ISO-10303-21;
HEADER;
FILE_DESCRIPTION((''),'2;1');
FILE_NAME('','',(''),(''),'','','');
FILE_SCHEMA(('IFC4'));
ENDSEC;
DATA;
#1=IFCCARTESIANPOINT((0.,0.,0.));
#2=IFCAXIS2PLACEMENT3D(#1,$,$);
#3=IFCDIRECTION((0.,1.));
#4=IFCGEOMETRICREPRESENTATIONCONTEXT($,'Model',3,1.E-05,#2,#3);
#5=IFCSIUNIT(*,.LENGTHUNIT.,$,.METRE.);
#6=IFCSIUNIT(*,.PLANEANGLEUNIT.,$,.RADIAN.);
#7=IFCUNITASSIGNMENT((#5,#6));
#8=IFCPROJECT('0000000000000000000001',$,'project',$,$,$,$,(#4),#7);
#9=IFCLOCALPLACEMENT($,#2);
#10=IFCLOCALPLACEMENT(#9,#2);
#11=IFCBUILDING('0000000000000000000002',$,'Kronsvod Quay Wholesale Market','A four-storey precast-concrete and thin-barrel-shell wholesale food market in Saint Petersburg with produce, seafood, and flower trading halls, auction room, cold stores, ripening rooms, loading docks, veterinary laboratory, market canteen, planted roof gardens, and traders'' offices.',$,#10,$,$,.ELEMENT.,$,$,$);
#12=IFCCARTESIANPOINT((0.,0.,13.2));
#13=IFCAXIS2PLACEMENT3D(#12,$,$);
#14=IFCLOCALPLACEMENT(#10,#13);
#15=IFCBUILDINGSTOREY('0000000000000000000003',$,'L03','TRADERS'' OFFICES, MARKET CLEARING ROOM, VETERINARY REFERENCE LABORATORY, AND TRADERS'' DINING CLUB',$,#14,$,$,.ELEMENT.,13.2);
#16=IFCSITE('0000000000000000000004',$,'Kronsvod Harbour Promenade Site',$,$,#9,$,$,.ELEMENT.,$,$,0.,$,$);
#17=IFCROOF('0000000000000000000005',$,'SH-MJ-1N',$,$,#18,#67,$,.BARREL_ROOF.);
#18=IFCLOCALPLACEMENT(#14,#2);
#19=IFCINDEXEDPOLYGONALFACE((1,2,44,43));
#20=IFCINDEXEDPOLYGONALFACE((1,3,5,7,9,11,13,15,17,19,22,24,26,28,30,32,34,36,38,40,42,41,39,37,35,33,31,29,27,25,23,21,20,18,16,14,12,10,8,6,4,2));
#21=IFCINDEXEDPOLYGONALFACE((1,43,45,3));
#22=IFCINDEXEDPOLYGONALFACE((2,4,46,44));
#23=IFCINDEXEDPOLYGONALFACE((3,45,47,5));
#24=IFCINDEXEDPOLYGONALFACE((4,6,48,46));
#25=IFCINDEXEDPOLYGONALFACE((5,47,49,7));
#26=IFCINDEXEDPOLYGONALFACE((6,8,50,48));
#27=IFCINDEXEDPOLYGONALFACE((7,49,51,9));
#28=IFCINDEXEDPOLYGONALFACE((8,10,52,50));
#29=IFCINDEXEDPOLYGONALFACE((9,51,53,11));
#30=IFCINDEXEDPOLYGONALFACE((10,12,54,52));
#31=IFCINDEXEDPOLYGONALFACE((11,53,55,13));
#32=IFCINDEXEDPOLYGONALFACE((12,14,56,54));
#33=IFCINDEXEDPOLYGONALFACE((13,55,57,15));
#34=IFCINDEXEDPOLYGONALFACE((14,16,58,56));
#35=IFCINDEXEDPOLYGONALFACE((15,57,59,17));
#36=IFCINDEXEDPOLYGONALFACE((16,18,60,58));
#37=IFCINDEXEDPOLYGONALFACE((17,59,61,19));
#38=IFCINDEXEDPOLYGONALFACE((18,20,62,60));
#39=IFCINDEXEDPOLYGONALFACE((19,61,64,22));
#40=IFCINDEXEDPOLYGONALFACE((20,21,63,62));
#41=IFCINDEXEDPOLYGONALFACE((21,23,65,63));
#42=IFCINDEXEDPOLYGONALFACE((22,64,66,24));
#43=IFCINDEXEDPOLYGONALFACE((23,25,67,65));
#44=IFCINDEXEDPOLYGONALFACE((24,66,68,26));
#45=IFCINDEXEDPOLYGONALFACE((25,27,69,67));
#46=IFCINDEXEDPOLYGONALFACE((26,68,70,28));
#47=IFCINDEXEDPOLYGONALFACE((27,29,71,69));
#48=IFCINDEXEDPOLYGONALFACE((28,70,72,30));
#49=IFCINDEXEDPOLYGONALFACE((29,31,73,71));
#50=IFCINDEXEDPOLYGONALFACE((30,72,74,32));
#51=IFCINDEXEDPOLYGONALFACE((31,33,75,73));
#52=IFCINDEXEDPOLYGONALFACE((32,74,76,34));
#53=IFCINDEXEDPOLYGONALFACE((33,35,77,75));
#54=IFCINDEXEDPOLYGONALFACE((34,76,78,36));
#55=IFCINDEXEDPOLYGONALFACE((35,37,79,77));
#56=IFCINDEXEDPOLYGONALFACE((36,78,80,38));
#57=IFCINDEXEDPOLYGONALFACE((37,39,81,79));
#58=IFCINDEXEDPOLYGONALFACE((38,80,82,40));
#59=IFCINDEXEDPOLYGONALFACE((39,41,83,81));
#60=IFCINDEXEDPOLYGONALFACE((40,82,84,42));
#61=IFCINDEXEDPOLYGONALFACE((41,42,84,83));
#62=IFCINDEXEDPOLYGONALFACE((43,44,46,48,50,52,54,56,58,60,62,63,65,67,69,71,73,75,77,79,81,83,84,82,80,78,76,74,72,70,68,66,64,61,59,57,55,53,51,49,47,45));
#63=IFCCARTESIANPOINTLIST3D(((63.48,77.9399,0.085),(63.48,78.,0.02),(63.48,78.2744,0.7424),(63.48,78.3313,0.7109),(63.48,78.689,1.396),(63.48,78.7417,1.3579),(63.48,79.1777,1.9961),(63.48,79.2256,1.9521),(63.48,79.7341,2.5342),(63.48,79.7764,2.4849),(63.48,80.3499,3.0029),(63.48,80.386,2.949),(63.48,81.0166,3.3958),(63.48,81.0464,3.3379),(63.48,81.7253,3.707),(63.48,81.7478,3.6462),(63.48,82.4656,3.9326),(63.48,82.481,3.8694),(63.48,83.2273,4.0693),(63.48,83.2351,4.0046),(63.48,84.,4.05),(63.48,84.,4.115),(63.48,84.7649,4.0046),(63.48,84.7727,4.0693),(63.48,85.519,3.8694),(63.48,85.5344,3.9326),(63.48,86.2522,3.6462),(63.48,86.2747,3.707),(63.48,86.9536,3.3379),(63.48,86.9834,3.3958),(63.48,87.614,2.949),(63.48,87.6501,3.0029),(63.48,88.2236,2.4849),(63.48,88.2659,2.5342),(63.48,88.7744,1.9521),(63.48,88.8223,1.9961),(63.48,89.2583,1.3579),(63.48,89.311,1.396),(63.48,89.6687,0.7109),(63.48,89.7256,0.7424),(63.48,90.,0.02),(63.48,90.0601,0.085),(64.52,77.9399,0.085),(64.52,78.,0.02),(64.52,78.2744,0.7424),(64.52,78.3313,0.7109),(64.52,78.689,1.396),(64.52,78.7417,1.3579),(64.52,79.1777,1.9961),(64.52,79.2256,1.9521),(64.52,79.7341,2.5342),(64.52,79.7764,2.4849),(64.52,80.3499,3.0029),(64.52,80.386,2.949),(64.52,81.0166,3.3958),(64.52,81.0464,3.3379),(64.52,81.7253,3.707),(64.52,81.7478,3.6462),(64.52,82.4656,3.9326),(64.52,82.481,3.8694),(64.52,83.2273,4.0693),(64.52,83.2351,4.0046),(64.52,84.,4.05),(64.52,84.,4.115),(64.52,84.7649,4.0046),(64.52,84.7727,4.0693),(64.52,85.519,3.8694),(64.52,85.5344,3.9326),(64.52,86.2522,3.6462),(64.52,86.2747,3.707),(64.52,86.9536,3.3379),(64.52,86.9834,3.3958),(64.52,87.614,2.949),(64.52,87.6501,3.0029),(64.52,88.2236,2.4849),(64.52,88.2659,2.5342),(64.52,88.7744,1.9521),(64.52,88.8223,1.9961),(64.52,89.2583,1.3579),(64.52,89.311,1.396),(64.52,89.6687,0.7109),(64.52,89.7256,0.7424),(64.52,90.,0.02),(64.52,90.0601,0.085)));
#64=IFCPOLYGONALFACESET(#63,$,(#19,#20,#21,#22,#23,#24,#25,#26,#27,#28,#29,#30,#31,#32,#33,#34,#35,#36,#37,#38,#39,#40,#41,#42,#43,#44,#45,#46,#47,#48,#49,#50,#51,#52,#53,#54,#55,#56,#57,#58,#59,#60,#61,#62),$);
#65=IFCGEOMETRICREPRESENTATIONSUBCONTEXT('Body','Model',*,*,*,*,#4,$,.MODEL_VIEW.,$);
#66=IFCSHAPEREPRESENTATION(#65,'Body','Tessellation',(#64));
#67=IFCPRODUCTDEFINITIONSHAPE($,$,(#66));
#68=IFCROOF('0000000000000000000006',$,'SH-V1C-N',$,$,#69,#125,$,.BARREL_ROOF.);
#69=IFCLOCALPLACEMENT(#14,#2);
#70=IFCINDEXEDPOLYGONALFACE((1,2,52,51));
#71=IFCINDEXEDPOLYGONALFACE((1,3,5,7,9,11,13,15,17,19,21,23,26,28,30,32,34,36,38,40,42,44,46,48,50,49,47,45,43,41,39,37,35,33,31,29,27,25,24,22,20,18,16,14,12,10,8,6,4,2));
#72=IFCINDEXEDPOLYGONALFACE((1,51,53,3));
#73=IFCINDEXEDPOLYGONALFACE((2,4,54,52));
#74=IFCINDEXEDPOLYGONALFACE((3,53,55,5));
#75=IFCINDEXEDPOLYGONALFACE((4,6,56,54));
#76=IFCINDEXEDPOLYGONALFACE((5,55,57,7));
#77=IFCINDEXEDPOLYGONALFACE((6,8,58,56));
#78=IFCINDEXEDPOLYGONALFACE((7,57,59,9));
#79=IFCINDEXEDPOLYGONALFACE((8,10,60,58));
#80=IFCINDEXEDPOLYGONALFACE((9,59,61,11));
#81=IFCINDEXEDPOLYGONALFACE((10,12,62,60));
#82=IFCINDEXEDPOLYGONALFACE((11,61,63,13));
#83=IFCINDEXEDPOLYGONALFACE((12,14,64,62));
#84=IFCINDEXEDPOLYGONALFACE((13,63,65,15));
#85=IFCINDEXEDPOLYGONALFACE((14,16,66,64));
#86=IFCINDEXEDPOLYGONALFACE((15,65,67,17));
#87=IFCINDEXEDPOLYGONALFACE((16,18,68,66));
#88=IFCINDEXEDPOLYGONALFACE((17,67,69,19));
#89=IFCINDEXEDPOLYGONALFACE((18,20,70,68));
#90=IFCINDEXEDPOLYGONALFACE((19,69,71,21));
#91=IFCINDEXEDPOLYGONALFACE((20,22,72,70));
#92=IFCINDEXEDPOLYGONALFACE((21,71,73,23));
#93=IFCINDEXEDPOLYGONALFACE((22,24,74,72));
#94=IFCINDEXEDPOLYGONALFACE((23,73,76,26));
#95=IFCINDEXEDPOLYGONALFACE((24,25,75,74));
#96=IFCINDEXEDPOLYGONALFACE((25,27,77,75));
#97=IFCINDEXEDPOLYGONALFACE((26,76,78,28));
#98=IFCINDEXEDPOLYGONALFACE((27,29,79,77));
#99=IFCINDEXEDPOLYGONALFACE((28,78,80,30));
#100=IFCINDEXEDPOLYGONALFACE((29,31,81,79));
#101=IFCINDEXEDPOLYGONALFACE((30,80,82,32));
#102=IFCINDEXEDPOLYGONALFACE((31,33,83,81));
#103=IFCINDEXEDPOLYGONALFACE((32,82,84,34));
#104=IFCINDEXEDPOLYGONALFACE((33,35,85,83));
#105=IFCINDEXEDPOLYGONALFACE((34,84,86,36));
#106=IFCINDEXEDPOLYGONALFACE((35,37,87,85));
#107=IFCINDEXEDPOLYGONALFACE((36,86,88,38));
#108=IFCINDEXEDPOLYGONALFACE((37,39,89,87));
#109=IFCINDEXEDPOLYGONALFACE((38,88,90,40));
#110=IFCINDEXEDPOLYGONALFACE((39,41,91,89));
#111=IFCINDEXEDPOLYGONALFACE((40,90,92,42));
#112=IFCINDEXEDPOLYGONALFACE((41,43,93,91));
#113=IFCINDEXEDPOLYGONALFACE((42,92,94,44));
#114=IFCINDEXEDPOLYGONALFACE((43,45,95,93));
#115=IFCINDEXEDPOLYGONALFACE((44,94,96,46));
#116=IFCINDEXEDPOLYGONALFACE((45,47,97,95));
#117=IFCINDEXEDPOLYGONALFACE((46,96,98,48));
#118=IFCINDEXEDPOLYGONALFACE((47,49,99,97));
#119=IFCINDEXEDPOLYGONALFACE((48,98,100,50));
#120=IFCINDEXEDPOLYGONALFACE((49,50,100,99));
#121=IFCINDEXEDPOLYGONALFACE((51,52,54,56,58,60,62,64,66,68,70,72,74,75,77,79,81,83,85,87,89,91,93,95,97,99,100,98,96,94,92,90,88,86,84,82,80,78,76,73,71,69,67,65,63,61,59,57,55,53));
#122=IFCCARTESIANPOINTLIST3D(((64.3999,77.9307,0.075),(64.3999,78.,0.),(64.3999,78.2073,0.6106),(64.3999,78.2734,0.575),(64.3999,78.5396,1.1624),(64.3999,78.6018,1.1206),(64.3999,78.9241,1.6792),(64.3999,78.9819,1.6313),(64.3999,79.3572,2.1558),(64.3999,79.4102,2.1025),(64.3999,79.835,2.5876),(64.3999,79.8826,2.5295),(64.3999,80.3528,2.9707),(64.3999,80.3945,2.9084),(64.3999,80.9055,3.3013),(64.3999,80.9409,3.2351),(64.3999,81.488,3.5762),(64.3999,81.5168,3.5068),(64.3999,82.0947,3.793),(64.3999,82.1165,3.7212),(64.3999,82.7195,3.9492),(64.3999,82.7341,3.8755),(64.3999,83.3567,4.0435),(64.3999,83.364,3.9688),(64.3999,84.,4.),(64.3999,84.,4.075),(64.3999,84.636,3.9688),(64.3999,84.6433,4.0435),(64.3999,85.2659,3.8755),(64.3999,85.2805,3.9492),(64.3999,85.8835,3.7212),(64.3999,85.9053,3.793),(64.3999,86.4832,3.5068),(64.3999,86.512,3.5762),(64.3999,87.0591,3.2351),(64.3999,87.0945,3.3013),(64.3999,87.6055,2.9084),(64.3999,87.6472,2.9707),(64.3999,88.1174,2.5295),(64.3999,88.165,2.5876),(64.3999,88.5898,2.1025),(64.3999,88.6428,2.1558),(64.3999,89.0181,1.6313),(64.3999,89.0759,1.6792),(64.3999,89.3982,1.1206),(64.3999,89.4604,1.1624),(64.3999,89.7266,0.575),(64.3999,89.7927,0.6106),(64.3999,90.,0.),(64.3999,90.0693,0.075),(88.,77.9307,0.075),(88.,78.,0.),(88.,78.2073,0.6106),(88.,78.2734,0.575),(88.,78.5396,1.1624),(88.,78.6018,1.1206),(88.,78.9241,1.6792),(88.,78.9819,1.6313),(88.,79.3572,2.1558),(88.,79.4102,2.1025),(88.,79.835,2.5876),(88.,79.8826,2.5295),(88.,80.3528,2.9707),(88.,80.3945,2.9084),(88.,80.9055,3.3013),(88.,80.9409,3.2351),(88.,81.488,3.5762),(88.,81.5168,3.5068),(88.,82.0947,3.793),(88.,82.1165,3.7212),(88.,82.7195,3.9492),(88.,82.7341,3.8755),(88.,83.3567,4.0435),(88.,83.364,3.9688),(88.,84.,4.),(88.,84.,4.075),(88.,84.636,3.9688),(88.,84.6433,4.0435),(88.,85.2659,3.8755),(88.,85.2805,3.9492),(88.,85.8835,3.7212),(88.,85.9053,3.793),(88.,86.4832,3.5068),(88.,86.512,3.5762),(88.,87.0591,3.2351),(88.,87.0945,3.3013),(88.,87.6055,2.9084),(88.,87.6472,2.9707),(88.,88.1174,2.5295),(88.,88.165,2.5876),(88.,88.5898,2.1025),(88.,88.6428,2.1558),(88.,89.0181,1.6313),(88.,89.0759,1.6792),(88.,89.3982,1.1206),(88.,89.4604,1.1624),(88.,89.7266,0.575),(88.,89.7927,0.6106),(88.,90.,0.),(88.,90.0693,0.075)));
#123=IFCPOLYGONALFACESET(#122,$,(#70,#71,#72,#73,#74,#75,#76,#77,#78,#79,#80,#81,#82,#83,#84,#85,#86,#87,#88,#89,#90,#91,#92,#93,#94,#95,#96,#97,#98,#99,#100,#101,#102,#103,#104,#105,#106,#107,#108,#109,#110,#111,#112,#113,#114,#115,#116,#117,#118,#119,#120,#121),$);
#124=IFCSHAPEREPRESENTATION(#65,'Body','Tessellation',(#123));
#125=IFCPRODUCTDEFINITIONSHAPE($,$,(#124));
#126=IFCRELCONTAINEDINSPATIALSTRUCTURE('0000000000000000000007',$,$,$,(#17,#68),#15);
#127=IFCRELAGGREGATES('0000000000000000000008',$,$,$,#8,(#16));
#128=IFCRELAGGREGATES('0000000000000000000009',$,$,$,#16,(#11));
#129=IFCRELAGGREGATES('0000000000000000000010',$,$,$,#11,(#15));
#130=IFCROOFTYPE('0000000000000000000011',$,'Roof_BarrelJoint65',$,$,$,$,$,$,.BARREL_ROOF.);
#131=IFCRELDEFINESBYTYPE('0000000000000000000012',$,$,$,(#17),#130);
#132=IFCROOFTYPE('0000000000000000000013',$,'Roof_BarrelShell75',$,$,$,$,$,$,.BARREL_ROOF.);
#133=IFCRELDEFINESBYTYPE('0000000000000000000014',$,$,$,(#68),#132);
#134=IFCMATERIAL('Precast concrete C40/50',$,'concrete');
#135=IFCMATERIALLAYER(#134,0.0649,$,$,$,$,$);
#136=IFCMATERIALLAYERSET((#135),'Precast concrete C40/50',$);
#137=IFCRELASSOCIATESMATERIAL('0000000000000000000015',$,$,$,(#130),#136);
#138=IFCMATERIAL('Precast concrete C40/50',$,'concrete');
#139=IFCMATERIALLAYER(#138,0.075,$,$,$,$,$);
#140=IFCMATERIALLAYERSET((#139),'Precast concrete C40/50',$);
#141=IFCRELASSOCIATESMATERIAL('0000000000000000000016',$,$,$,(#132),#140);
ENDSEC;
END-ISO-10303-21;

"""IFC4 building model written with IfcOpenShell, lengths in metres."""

from ifc_helpers import new_model, si_unit, direction, frame, origin, place, context, subcontext, project, spatial, polyline, outline, extrude, material, layer, layer_set, type_object, element, save


model = new_model("IFC4")

# Units and contexts
model_context = context("Model", 3, precision=1e-05, world=origin(), true_north=direction((0.0, 1.0)))
body_context = subcontext(model_context, "Body", "Model", "MODEL_VIEW")
ifc_project = project(units=[si_unit("LENGTHUNIT", "METRE"), si_unit("PLANEANGLEUNIT", "RADIAN")], contexts=[model_context])

# Site, building, storey
site_placement = place(None, origin())
site = spatial("IfcSite", under=ifc_project, at=site_placement, Name="Kronsvod Harbour Promenade Site", CompositionType="ELEMENT", RefElevation=0.0)
building_placement = place(site_placement, origin())
building = spatial("IfcBuilding", under=site, at=building_placement, Name="Kronsvod Quay Wholesale Market", Description="A four-storey precast-concrete and thin-barrel-shell wholesale food market in Saint Petersburg with produce, seafood, and flower trading halls, auction room, cold stores, ripening rooms, loading docks, veterinary laboratory, market canteen, planted roof gardens, and traders' offices.", CompositionType="ELEMENT")
storey_placement = place(building_placement, frame((0.0, 0.0, 13.2)))
storey = spatial("IfcBuildingStorey", under=building, at=storey_placement, Name="L03", Description="TRADERS' OFFICES, MARKET CLEARING ROOM, VETERINARY REFERENCE LABORATORY, AND TRADERS' DINING CLUB", CompositionType="ELEMENT", Elevation=13.2)

# Roofs
ifc_material_1 = material(Name="Precast concrete C40/50", Category="concrete")
ifc_layer_1 = layer(ifc_material_1, 0.0649)
ifc_layer_set_1 = layer_set([ifc_layer_1], Name="Precast concrete C40/50")
roof_type_1 = type_object("IfcRoofType", Name="Roof_BarrelJoint65", PredefinedType="BARREL_ROOF", material=ifc_layer_set_1)
roof_1_placement = place(storey_placement, frame((63.48, 84.0, 0.02), z_axis=(1.0, 0.0, 0.0), x_axis=(0.0, 1.0, 0.0)))
element("IfcRoof", 1, at=roof_1_placement, inside=storey, type_object=roof_type_1, Name="SH-MJ-1N", PredefinedType="BARREL_ROOF", context=body_context, shape_type="SweptSolid", body=[
    extrude(outline(polyline([(-6.0, 0.0), (-5.6687, 0.6909), (-5.2583, 1.3379), (-4.7744, 1.9321), (-4.2236, 2.4648), (-3.614, 2.929), (-2.9536, 3.3179), (-2.2522, 3.6262), (-1.519, 3.8494), (-0.7649, 3.9846), (0.0, 4.03), (0.7649, 3.9846), (1.519, 3.8494), (2.2522, 3.6262), (2.9536, 3.3179), (3.614, 2.929), (4.2236, 2.4648), (4.7744, 1.9321), (5.2583, 1.3379), (5.6687, 0.6909), (6.0, 0.0), (6.0601, 0.0649), (5.7256, 0.7224), (5.311, 1.376), (4.8223, 1.9761), (4.2659, 2.5142), (3.6501, 2.9829), (2.9834, 3.3757), (2.2747, 3.687), (1.5344, 3.9126), (0.7727, 4.0493), (0.0, 4.095), (-0.7727, 4.0493), (-1.5344, 3.9126), (-2.2747, 3.687), (-2.9834, 3.3757), (-3.6501, 2.9829), (-4.2659, 2.5142), (-4.8223, 1.9761), (-5.311, 1.376), (-5.7256, 0.7224), (-6.0601, 0.0649), (-6.0, 0.0)])), origin(), (0.0, 0.0, 1.0), 1.04),
])
ifc_material_2 = material(Name="Precast concrete C40/50", Category="concrete")
ifc_layer_2 = layer(ifc_material_2, 0.075)
ifc_layer_set_2 = layer_set([ifc_layer_2], Name="Precast concrete C40/50")
roof_type_2 = type_object("IfcRoofType", Name="Roof_BarrelShell75", PredefinedType="BARREL_ROOF", material=ifc_layer_set_2)
roof_2_placement = place(storey_placement, frame((64.3999, 84.0, 0.0), z_axis=(1.0, 0.0, 0.0), x_axis=(0.0, 1.0, 0.0)))
element("IfcRoof", 2, at=roof_2_placement, inside=storey, type_object=roof_type_2, Name="SH-V1C-N", PredefinedType="BARREL_ROOF", context=body_context, shape_type="SweptSolid", body=[
    extrude(outline(polyline([(-6.0, 0.0), (-5.7266, 0.575), (-5.3982, 1.1206), (-5.0181, 1.6313), (-4.5898, 2.1025), (-4.1174, 2.5295), (-3.6055, 2.9084), (-3.0591, 3.2351), (-2.4832, 3.5068), (-1.8835, 3.7212), (-1.2659, 3.8755), (-0.636, 3.9688), (0.0, 4.0), (0.636, 3.9688), (1.2659, 3.8755), (1.8835, 3.7212), (2.4832, 3.5068), (3.0591, 3.2351), (3.6055, 2.9084), (4.1174, 2.5295), (4.5898, 2.1025), (5.0181, 1.6313), (5.3982, 1.1206), (5.7266, 0.575), (6.0, 0.0), (6.0693, 0.075), (5.7927, 0.6106), (5.4604, 1.1624), (5.0759, 1.6792), (4.6428, 2.1558), (4.165, 2.5876), (3.6472, 2.9707), (3.0945, 3.3013), (2.512, 3.5762), (1.9053, 3.793), (1.2805, 3.9492), (0.6433, 4.0435), (0.0, 4.075), (-0.6433, 4.0435), (-1.2805, 3.9492), (-1.9053, 3.793), (-2.512, 3.5762), (-3.0945, 3.3013), (-3.6472, 2.9707), (-4.165, 2.5876), (-4.6428, 2.1558), (-5.0759, 1.6792), (-5.4604, 1.1624), (-5.7927, 0.6106), (-6.0693, 0.075), (-6.0, 0.0)])), origin(), (0.0, 0.0, 1.0), 23.6001),
])

save(model, "model.ifc")
